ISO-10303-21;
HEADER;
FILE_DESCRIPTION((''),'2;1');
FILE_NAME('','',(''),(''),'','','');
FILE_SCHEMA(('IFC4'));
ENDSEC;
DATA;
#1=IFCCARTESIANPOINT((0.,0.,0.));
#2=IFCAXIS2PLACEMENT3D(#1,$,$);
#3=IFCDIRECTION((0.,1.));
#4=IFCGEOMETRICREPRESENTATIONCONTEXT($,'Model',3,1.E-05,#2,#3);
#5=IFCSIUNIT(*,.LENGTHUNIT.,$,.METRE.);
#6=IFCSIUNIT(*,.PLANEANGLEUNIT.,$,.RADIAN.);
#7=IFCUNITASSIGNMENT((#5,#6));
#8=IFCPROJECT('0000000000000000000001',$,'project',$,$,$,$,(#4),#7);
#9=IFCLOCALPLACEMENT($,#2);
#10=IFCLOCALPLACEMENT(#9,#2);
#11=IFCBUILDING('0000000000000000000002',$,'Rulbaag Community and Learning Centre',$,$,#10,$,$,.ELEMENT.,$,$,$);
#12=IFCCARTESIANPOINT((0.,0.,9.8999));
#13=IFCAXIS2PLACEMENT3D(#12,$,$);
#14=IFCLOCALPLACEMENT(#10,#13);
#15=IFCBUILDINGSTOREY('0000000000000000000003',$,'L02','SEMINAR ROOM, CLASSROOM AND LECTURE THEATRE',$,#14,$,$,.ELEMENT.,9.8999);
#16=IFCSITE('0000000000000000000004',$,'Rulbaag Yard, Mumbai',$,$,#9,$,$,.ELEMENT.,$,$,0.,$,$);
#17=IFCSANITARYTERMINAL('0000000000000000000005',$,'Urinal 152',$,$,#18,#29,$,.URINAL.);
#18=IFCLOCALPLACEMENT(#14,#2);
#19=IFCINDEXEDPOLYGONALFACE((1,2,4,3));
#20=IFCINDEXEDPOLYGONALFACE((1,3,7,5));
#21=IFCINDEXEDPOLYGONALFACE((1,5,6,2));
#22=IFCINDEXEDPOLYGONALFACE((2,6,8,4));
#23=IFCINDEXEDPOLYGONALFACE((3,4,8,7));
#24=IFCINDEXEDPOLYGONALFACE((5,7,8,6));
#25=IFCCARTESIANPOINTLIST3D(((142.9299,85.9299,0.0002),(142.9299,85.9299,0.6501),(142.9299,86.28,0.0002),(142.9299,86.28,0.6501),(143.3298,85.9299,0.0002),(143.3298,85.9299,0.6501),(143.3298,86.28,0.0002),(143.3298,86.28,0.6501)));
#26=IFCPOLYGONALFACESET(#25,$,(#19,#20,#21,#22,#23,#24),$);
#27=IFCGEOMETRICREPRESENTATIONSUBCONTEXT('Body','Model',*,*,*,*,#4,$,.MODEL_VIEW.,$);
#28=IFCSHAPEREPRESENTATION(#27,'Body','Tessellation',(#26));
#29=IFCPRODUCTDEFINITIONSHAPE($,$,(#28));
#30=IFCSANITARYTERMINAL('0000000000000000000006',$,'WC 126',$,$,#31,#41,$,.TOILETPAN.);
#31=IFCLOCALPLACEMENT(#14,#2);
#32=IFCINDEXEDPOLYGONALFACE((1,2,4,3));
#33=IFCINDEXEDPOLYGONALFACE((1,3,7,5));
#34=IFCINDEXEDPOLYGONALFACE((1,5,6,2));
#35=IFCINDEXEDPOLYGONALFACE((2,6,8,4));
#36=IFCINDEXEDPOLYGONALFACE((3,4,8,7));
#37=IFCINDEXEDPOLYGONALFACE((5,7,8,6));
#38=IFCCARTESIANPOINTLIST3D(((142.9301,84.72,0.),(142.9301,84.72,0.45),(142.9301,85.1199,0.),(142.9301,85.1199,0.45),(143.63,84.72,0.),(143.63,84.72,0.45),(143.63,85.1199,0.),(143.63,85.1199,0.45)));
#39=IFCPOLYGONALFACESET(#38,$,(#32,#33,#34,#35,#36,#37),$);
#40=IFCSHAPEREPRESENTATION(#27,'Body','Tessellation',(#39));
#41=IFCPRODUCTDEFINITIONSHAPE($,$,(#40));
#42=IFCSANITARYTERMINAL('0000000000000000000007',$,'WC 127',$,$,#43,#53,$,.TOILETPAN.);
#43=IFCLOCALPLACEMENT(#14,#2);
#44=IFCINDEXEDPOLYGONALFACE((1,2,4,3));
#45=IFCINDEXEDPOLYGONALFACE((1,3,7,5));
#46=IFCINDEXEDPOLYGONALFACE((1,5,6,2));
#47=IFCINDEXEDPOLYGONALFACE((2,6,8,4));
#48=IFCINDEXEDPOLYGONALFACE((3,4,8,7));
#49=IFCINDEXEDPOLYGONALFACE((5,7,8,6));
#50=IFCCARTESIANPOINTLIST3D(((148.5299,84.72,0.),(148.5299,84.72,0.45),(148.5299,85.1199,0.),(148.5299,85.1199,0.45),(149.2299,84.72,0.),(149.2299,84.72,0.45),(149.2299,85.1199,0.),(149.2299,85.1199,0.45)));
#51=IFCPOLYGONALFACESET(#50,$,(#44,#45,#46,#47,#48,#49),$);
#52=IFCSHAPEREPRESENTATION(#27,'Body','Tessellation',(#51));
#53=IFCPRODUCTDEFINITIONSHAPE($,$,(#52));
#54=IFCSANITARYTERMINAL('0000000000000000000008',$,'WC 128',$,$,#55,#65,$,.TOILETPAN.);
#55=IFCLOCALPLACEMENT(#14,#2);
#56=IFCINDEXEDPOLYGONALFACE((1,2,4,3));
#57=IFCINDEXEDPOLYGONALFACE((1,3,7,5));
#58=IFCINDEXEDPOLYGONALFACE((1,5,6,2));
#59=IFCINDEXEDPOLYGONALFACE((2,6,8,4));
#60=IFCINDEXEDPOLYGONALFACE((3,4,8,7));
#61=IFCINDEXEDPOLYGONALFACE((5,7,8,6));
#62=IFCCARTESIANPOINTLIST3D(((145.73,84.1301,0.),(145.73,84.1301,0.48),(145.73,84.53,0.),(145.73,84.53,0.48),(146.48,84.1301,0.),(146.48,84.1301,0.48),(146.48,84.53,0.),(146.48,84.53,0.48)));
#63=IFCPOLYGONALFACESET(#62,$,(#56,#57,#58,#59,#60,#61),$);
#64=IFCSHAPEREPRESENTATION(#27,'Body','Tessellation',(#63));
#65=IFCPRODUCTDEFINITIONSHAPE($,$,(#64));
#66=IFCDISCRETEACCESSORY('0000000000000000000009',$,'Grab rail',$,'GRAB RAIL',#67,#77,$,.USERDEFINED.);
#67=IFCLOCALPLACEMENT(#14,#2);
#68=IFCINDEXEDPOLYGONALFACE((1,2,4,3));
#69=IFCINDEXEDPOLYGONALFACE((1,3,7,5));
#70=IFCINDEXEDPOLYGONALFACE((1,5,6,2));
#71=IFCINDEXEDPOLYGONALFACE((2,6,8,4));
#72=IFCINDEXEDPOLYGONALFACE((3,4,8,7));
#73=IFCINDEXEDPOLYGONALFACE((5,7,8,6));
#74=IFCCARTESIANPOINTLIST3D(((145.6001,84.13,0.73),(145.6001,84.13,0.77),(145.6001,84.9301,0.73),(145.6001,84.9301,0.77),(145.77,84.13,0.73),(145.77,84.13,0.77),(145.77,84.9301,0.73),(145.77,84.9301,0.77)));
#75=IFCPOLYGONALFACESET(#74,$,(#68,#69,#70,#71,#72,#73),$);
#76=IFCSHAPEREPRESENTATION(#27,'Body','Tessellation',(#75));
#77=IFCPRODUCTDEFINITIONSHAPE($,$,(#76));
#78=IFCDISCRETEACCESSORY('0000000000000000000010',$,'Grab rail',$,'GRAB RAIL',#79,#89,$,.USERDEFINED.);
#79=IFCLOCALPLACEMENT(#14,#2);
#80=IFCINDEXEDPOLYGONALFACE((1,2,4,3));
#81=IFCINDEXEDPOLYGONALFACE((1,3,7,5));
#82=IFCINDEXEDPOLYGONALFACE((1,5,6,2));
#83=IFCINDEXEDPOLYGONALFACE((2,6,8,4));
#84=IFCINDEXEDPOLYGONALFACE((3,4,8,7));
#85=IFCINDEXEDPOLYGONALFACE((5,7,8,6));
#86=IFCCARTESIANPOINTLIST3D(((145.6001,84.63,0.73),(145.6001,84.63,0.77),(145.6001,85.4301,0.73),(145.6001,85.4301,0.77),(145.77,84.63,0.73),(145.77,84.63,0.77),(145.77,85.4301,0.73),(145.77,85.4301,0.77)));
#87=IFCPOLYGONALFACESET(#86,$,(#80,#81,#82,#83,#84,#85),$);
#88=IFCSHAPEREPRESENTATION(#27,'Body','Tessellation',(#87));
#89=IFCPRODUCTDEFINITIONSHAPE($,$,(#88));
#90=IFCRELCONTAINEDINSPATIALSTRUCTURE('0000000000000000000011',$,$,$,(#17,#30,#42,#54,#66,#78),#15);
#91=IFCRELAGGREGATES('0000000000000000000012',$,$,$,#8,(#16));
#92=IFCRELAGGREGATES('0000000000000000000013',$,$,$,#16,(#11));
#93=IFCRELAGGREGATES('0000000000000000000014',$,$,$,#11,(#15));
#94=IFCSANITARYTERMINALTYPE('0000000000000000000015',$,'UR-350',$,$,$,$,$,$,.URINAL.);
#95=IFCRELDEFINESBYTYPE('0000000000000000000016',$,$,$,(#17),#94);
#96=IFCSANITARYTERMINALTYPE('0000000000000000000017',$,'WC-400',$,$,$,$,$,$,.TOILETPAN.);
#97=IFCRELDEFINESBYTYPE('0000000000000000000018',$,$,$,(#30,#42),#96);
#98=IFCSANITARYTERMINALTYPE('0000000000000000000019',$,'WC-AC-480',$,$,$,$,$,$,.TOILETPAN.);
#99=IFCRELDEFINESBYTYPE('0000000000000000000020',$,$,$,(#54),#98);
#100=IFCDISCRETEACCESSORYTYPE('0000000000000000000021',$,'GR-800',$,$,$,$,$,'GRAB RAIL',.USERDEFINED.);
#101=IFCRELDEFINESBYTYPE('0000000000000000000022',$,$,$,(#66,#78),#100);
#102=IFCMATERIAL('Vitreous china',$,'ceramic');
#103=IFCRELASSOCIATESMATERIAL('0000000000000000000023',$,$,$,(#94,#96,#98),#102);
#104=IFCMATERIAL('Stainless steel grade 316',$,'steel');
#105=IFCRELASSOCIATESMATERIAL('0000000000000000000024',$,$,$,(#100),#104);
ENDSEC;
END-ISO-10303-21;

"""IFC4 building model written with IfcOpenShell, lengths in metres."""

from ifc_helpers import new_model, si_unit, direction, frame, origin, origin_2d, place, context, subcontext, project, spatial, rectangle, extrude, material, type_object, element, save


model = new_model("IFC4")

# Units and contexts
model_context = context("Model", 3, precision=1e-05, world=origin(), true_north=direction((0.0, 1.0)))
body_context = subcontext(model_context, "Body", "Model", "MODEL_VIEW")
ifc_project = project(units=[si_unit("LENGTHUNIT", "METRE"), si_unit("PLANEANGLEUNIT", "RADIAN")], contexts=[model_context])

# Site, building, storey
site_placement = place(None, origin())
site = spatial("IfcSite", under=ifc_project, at=site_placement, Name="Rulbaag Yard, Mumbai", CompositionType="ELEMENT", RefElevation=0.0)
building_placement = place(site_placement, origin())
building = spatial("IfcBuilding", under=site, at=building_placement, Name="Rulbaag Community and Learning Centre", CompositionType="ELEMENT")
storey_placement = place(building_placement, frame((0.0, 0.0, 9.8999)))
storey = spatial("IfcBuildingStorey", under=building, at=storey_placement, Name="L02", Description="SEMINAR ROOM, CLASSROOM AND LECTURE THEATRE", CompositionType="ELEMENT", Elevation=9.8999)

# Sanitary terminals
ifc_material_1 = material(Name="Vitreous china", Category="ceramic")
sanitary_terminal_type_1 = type_object("IfcSanitaryTerminalType", Name="UR-350", PredefinedType="URINAL", material=ifc_material_1)
sanitary_terminal_1_placement = place(storey_placement, frame((143.1299, 86.105, 0.0002), z_axis=(0.0, 0.0, 1.0), x_axis=(1.0, 0.0, 0.0)))
element("IfcSanitaryTerminal", 1, at=sanitary_terminal_1_placement, inside=storey, type_object=sanitary_terminal_type_1, Name="Urinal 152", PredefinedType="URINAL", context=body_context, shape_type="SweptSolid", body=[
    extrude(rectangle(XDim=0.3999, YDim=0.3501, at=origin_2d()), origin(), (0.0, 0.0, 1.0), 0.6499),
])
sanitary_terminal_type_2 = type_object("IfcSanitaryTerminalType", Name="WC-400", PredefinedType="TOILETPAN", material=ifc_material_1)
for number, where, z_axis, x_axis, name in (
    (2, (143.28, 84.9199, 0.0), (0.0, 0.0, 1.0), (1.0, 0.0, 0.0), "WC 126"),
    (3, (148.8799, 84.9199, 0.0), (0.0, 0.0, 1.0), (1.0, 0.0, 0.0), "WC 127"),
):
    element("IfcSanitaryTerminal", number, at=place(storey_placement, frame(where, z_axis=z_axis, x_axis=x_axis)), inside=storey, type_object=sanitary_terminal_type_2, Name=name, PredefinedType="TOILETPAN", context=body_context, shape_type="SweptSolid", body=[
        extrude(rectangle(XDim=0.7, YDim=0.3999, at=origin_2d()), origin(), (0.0, 0.0, 1.0), 0.45),
    ])
sanitary_terminal_type_3 = type_object("IfcSanitaryTerminalType", Name="WC-AC-480", PredefinedType="TOILETPAN", material=ifc_material_1)
sanitary_terminal_2_placement = place(storey_placement, frame((146.105, 84.3301, 0.0), z_axis=(0.0, 0.0, 1.0), x_axis=(1.0, 0.0, 0.0)))
element("IfcSanitaryTerminal", 4, at=sanitary_terminal_2_placement, inside=storey, type_object=sanitary_terminal_type_3, Name="WC 128", PredefinedType="TOILETPAN", context=body_context, shape_type="SweptSolid", body=[
    extrude(rectangle(XDim=0.75, YDim=0.3999, at=origin_2d()), origin(), (0.0, 0.0, 1.0), 0.48),
])

# Discrete accessories
ifc_material_2 = material(Name="Stainless steel grade 316", Category="steel")
discrete_accessory_type = type_object("IfcDiscreteAccessoryType", Name="GR-800", ElementType="GRAB RAIL", PredefinedType="USERDEFINED", material=ifc_material_2)
for number, where, z_axis, x_axis, name in (
    (5, (145.6851, 84.53, 0.73), (0.0, 0.0, 1.0), (1.0, 0.0, 0.0), "Grab rail"),
    (6, (145.6851, 85.03, 0.73), (0.0, 0.0, 1.0), (1.0, 0.0, 0.0), "Grab rail"),
):
    element("IfcDiscreteAccessory", number, at=place(storey_placement, frame(where, z_axis=z_axis, x_axis=x_axis)), inside=storey, type_object=discrete_accessory_type, Name=name, ObjectType="GRAB RAIL", PredefinedType="USERDEFINED", context=body_context, shape_type="SweptSolid", body=[
        extrude(rectangle(XDim=0.1699, YDim=0.8, at=origin_2d()), origin(), (0.0, 0.0, 1.0), 0.04),
    ])

save(model, "model.ifc")
